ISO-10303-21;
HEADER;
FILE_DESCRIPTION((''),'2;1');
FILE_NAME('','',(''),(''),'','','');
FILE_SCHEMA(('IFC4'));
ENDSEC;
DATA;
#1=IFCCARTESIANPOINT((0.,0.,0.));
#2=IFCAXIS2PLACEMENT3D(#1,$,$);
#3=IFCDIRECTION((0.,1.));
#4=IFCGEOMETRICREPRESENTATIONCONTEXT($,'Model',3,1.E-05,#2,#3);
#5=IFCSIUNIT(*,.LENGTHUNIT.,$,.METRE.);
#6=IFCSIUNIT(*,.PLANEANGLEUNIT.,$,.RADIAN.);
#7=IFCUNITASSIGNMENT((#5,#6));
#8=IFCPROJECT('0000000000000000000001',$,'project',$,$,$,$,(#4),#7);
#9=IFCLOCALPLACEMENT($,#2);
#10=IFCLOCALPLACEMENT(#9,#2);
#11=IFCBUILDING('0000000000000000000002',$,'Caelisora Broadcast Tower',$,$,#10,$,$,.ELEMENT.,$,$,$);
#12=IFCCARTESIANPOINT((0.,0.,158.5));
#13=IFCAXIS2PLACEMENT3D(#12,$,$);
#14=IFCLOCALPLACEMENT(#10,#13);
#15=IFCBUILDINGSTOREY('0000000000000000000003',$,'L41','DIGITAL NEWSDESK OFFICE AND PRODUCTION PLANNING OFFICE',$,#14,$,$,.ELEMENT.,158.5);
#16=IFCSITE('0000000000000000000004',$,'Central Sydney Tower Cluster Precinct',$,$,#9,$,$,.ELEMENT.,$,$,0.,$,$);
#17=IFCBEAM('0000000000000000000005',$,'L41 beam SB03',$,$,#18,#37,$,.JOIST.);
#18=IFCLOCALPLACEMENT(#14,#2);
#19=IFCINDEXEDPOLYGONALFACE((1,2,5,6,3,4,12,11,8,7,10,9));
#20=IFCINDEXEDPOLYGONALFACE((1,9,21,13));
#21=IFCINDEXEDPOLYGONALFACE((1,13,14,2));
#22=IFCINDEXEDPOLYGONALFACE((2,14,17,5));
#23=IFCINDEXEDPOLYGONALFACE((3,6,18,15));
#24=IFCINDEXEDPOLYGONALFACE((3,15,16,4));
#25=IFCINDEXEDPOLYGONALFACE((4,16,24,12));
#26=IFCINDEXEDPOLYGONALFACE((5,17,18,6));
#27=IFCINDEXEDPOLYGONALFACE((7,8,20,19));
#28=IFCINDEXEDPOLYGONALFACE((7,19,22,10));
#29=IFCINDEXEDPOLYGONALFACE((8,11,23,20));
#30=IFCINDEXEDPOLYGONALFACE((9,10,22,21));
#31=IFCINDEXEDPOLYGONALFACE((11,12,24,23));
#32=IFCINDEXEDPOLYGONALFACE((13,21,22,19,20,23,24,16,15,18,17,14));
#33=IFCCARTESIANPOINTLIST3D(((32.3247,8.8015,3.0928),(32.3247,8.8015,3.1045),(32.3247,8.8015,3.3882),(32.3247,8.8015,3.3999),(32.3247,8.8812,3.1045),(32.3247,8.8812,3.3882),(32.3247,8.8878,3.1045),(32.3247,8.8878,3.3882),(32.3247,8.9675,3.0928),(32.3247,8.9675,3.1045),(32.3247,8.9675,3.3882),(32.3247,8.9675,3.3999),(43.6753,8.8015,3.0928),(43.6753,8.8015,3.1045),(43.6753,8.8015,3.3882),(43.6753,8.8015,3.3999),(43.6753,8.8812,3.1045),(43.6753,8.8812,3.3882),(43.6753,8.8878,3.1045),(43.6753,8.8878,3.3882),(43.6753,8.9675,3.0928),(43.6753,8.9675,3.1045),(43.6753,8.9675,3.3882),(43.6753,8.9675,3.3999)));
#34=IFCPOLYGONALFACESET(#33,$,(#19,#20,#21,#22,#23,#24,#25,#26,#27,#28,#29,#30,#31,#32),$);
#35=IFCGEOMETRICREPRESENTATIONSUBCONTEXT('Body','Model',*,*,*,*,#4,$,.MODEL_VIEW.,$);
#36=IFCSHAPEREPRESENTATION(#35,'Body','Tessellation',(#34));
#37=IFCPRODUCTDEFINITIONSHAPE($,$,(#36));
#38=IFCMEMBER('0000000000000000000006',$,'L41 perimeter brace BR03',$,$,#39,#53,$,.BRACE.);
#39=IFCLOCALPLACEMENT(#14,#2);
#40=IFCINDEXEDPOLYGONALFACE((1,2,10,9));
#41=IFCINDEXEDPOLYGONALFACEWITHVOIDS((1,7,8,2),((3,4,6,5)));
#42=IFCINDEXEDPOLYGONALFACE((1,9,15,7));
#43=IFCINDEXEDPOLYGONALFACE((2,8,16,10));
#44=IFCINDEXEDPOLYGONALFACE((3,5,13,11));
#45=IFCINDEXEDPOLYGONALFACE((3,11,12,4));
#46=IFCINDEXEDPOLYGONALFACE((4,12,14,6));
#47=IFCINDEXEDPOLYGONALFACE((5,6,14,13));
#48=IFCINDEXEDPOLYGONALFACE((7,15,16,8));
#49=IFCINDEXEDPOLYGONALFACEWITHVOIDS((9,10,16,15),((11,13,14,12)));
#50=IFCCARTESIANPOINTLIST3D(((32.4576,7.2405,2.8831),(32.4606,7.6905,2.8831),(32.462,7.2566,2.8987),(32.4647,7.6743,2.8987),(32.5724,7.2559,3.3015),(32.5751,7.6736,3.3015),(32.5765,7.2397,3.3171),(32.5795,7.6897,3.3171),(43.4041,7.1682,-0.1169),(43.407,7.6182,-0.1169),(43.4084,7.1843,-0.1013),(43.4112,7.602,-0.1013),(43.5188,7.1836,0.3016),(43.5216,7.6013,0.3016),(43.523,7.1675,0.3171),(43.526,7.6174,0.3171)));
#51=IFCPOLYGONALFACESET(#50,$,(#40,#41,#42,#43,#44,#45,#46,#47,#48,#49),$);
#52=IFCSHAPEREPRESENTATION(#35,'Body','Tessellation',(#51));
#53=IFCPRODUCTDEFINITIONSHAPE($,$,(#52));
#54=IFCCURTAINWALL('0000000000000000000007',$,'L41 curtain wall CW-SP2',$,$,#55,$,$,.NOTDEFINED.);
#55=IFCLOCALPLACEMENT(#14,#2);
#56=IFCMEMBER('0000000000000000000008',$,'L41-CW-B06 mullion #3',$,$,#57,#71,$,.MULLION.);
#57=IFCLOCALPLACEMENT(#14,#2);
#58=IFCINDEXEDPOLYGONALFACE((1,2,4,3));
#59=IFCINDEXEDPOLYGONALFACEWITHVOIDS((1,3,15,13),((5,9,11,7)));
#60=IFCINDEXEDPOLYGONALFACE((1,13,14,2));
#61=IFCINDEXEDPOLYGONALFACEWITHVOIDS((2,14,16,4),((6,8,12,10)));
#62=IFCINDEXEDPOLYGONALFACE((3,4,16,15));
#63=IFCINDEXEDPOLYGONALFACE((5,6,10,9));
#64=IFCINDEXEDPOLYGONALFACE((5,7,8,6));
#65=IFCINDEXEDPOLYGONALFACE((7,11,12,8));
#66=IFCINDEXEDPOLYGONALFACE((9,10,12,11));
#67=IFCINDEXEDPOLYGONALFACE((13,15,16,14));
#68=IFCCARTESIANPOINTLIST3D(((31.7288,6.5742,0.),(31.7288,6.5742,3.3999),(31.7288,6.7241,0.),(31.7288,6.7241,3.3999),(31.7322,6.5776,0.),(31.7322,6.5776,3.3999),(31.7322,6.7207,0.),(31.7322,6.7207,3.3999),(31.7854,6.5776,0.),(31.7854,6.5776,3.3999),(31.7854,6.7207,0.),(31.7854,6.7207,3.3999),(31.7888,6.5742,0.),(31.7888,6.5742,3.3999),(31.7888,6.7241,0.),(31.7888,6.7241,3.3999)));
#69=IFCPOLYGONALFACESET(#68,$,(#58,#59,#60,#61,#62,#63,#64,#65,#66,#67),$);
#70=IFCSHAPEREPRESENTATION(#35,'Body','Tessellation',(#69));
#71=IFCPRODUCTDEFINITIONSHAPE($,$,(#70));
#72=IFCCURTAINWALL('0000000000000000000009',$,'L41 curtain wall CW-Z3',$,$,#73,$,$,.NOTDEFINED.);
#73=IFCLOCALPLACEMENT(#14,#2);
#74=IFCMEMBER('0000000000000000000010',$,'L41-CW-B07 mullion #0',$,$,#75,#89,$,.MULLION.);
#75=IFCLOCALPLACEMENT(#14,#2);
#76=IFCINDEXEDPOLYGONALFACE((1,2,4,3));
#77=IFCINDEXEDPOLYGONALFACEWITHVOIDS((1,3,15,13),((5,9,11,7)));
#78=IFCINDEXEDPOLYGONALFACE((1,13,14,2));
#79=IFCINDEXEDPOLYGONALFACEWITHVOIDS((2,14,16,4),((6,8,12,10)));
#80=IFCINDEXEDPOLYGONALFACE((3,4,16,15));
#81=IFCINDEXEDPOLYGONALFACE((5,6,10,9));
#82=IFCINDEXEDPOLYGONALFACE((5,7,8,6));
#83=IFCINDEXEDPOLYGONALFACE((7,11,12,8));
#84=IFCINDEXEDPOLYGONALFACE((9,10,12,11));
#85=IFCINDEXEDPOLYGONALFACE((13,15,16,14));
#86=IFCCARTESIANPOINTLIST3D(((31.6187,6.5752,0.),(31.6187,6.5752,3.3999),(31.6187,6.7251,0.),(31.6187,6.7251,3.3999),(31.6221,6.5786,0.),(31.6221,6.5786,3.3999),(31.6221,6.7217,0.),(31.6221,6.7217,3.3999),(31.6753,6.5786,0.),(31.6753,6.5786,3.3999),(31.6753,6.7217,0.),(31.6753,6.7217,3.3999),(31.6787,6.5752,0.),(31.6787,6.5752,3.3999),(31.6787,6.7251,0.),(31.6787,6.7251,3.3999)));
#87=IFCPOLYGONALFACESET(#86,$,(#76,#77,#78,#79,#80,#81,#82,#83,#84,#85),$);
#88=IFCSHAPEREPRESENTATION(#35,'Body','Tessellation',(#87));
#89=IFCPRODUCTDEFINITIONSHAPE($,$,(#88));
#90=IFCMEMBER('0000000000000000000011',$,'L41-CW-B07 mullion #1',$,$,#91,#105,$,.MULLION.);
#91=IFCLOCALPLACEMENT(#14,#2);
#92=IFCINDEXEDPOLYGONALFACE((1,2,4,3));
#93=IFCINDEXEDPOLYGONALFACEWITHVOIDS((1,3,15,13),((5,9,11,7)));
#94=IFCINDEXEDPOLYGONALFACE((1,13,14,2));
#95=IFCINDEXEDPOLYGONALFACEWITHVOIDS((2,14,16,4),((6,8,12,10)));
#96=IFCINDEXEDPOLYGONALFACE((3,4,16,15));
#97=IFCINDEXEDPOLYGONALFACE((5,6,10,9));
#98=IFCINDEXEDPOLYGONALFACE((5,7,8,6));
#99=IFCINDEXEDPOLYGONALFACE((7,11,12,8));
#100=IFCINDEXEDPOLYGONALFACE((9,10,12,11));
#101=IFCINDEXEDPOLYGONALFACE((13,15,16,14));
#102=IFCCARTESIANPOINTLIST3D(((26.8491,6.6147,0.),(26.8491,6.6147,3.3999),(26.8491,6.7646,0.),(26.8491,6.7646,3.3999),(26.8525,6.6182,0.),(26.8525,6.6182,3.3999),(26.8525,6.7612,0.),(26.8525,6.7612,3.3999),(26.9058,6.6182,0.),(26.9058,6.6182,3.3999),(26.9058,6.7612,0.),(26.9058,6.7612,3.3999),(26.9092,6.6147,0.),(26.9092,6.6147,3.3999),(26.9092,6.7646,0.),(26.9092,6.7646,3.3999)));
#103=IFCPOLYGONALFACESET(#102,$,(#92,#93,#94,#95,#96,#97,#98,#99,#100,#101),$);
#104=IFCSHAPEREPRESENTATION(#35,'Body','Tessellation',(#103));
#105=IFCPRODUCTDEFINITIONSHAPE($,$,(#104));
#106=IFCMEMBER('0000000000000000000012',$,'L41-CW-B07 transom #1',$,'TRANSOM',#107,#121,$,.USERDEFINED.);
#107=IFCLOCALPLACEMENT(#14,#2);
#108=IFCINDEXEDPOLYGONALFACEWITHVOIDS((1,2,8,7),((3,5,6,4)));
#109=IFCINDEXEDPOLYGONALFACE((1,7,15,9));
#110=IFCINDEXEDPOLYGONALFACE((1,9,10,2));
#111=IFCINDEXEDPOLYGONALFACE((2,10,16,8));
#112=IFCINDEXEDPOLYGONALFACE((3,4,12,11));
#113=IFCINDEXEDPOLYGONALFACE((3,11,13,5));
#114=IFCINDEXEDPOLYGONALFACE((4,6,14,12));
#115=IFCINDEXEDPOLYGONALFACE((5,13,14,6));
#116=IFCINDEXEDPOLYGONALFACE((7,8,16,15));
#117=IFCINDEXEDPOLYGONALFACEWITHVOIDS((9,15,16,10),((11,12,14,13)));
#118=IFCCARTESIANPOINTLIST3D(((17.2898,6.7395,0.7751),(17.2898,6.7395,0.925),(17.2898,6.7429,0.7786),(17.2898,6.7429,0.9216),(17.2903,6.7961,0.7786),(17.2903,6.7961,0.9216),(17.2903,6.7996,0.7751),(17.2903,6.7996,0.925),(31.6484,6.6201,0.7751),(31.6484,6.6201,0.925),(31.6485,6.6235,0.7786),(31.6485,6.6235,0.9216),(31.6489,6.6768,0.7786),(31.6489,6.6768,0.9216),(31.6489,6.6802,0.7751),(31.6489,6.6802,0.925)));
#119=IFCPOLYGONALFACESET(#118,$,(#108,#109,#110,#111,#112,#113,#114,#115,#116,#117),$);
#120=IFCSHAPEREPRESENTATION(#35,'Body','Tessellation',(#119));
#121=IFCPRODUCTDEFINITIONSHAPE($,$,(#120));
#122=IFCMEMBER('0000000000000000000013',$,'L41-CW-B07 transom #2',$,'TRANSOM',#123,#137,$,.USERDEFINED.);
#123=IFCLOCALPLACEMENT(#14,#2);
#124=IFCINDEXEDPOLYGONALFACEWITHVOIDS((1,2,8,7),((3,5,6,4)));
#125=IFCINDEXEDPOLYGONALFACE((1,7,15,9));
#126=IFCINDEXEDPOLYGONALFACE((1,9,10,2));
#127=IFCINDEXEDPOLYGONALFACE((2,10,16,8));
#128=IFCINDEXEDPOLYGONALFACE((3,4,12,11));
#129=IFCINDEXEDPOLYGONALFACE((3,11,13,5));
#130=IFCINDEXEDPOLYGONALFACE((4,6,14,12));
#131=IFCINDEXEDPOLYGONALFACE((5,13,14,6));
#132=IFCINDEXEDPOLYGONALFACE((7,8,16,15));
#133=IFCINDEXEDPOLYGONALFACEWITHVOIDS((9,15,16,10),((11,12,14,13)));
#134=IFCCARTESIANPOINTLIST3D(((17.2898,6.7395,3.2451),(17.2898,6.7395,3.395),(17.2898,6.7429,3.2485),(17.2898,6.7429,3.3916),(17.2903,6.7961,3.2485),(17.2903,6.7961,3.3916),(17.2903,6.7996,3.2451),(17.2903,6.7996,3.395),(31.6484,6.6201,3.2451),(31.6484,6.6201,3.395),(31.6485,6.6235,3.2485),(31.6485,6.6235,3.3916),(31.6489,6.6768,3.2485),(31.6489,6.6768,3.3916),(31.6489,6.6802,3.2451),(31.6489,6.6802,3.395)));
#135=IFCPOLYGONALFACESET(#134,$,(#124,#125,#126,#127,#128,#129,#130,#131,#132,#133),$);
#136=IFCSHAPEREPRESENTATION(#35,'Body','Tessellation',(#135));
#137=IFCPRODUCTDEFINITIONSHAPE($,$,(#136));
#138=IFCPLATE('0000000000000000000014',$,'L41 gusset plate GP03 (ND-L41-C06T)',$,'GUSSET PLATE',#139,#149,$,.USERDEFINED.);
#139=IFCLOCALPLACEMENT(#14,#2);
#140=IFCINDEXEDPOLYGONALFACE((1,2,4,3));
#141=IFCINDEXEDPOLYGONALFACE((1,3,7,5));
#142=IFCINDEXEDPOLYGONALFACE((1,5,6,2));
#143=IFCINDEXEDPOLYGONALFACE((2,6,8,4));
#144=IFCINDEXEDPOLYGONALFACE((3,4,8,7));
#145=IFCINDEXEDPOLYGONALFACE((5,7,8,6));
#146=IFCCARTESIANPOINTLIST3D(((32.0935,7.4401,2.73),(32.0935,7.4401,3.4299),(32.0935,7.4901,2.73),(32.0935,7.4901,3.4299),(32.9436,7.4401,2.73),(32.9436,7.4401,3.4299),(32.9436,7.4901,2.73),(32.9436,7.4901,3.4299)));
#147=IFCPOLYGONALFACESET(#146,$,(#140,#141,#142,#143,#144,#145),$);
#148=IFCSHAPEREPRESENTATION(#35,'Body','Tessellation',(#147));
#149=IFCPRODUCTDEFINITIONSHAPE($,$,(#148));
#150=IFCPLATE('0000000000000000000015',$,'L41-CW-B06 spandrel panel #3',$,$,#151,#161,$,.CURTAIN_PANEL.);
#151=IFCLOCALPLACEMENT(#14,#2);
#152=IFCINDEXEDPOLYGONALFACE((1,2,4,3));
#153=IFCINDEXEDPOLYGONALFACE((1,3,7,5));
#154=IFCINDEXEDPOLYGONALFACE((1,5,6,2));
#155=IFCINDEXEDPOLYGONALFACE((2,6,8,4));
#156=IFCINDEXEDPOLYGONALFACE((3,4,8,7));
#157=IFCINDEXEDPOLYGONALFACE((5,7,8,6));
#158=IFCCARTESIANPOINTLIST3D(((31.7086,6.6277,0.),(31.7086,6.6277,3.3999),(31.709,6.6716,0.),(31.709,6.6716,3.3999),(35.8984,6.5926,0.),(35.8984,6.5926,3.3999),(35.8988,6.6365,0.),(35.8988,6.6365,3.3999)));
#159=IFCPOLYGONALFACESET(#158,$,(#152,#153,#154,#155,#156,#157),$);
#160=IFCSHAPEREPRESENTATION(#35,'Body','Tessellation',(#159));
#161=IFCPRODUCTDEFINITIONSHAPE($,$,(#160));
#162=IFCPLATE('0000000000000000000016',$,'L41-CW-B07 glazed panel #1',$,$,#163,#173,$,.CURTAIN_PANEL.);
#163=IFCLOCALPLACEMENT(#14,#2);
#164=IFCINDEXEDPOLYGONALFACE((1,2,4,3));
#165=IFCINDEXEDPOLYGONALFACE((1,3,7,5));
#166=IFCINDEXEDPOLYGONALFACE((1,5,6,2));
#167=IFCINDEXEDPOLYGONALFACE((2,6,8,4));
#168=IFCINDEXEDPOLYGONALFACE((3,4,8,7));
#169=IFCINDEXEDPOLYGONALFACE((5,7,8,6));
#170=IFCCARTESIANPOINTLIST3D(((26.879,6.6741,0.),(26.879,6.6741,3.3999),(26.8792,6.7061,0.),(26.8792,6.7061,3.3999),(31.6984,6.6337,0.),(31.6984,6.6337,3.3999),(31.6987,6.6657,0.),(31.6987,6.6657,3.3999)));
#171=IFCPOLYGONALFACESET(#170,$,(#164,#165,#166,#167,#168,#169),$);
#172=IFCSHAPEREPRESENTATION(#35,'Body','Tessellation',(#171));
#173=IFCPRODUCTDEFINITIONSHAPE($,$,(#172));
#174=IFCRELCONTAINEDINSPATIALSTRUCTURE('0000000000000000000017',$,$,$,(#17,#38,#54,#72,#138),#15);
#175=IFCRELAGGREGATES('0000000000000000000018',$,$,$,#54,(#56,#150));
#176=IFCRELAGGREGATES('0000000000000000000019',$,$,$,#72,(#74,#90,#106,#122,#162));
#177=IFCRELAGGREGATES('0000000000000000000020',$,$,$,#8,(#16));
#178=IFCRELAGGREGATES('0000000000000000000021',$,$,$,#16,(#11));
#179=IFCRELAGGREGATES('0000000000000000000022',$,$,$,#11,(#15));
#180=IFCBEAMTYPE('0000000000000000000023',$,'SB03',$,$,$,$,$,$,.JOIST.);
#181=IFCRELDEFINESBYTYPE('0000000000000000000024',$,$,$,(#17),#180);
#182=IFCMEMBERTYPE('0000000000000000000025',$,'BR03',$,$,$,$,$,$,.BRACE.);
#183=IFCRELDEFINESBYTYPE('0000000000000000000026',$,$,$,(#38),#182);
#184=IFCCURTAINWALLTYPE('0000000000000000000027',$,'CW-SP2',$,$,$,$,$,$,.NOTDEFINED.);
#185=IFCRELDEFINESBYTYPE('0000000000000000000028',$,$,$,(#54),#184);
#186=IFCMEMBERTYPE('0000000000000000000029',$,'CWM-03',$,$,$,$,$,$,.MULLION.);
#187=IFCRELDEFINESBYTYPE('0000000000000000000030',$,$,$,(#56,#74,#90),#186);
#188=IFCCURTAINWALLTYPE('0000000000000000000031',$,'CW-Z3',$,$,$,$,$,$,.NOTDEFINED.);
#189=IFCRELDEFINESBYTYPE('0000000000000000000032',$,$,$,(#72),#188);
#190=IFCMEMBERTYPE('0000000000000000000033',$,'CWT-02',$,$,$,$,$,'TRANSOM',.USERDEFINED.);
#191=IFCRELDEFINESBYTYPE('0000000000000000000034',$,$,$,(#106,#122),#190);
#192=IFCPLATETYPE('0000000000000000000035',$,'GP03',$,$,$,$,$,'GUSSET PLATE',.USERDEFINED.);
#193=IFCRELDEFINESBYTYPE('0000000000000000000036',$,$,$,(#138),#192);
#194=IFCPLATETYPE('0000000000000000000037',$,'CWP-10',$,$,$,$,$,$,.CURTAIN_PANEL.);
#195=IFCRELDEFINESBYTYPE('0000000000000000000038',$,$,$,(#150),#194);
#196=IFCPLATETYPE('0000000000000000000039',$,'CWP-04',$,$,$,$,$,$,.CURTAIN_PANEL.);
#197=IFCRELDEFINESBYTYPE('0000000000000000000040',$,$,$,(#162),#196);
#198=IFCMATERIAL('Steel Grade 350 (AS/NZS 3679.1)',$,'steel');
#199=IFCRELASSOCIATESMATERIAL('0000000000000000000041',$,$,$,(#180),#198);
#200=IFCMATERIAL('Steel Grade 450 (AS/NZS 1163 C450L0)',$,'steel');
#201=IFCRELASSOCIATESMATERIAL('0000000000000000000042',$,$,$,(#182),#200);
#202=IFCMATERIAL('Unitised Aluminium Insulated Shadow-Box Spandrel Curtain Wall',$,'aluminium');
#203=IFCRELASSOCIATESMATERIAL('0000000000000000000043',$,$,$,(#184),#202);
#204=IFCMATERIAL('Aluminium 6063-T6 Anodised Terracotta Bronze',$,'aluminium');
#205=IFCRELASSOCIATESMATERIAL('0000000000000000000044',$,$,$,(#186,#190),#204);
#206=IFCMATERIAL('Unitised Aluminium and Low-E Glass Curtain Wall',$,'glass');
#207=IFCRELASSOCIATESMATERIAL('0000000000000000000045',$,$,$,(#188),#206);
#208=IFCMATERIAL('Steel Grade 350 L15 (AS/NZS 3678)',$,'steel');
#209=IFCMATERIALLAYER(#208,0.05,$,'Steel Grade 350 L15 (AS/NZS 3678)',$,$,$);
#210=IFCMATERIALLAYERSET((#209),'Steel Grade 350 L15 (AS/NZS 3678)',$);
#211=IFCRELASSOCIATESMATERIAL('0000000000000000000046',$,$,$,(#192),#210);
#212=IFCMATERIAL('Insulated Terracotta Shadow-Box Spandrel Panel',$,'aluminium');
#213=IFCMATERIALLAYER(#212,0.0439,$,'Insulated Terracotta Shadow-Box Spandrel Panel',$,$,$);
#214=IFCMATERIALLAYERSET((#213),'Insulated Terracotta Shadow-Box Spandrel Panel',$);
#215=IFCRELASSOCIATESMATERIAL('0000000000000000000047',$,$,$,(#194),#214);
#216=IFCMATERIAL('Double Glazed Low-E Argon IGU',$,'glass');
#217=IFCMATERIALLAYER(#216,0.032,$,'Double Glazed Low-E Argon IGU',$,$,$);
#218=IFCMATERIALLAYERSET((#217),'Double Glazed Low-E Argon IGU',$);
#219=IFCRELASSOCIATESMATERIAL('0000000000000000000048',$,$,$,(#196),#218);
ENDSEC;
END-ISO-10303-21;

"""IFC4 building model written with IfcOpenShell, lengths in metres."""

from ifc_helpers import new_model, si_unit, direction, frame, origin, origin_2d, place, context, subcontext, project, spatial, rectangle, hollow_rectangle, i_section, extrude, source, transform, mapped, material, layer, layer_set, material_profile, profile_set, type_object, type_shapes, element, aggregate, save


model = new_model("IFC4")

# Units and contexts
model_context = context("Model", 3, precision=1e-05, world=origin(), true_north=direction((0.0, 1.0)))
body_context = subcontext(model_context, "Body", "Model", "MODEL_VIEW")
ifc_project = project(units=[si_unit("LENGTHUNIT", "METRE"), si_unit("PLANEANGLEUNIT", "RADIAN")], contexts=[model_context])

# Site, building, storey
site_placement = place(None, origin())
site = spatial("IfcSite", under=ifc_project, at=site_placement, Name="Central Sydney Tower Cluster Precinct", CompositionType="ELEMENT", RefElevation=0.0)
building_placement = place(site_placement, origin())
building = spatial("IfcBuilding", under=site, at=building_placement, Name="Caelisora Broadcast Tower", CompositionType="ELEMENT")
storey_placement = place(building_placement, frame((0.0, 0.0, 158.5)))
storey = spatial("IfcBuildingStorey", under=building, at=storey_placement, Name="L41", Description="DIGITAL NEWSDESK OFFICE AND PRODUCTION PLANNING OFFICE", CompositionType="ELEMENT", Elevation=158.5)

# Shared definitions
ifc_material_1 = material(Name="Steel Grade 350 L15 (AS/NZS 3678)", Category="steel")

# Beam
ifc_material_2 = material(Name="Steel Grade 350 (AS/NZS 3679.1)", Category="steel")
ifc_material_profile_1 = material_profile(ifc_material_2, i_section(OverallWidth=0.166, OverallDepth=0.3071, WebThickness=0.0066, FlangeThickness=0.0117, at=origin_2d()), Name="Steel Grade 350 (AS/NZS 3679.1)")
ifc_profile_set_1 = profile_set([ifc_material_profile_1], Name="Steel Grade 350 (AS/NZS 3679.1)")
beam_type_1 = type_object("IfcBeamType", Name="SB03", PredefinedType="JOIST", material=ifc_profile_set_1)
shared_shape_1 = source(origin(), body_context, "Body", "SweptSolid", [
    extrude(i_section(OverallWidth=0.166, OverallDepth=0.3071, WebThickness=0.0066, FlangeThickness=0.0117, at=origin_2d()), origin(), (0.0, 0.0, 1.0), 11.3506),
])
beam_1_placement = place(storey_placement, frame((32.3247, 8.8845, 3.2463), z_axis=(1.0, 0.0, 0.0), x_axis=(0.0, 1.0, 0.0)))
element("IfcBeam", 1, at=beam_1_placement, inside=storey, type_object=beam_type_1, Name="L41 beam SB03", PredefinedType="JOIST", context=body_context, shape_type="MappedRepresentation", body=[
    mapped(shared_shape_1, transform((0.0, 0.0, 0.0), scale=1.0)),
])

# Member
ifc_material_3 = material(Name="Steel Grade 450 (AS/NZS 1163 C450L0)", Category="steel")
ifc_material_profile_2 = material_profile(ifc_material_3, hollow_rectangle(XDim=0.45, YDim=0.45, WallThickness=0.0161, at=origin_2d()), Name="Steel Grade 450 (AS/NZS 1163 C450L0)")
ifc_profile_set_2 = profile_set([ifc_material_profile_2], Name="Steel Grade 450 (AS/NZS 1163 C450L0)")
member_type_1 = type_object("IfcMemberType", Name="BR03", PredefinedType="BRACE", material=ifc_profile_set_2)
shared_shape_2 = source(origin(), body_context, "Body", "SweptSolid", [
    extrude(hollow_rectangle(XDim=0.45, YDim=0.45, WallThickness=0.0161, at=origin_2d()), origin(), (0.0, 0.0, 1.0), 11.3503),
])
type_shapes(member_type_1, [shared_shape_2])
member_1_placement = place(storey_placement, frame((32.5186, 7.4651, 3.1001), z_axis=(0.964417, -0.006367, -0.264308), x_axis=(0.006602, 0.999978, 0.0)))
element("IfcMember", 2, at=member_1_placement, inside=storey, type_object=member_type_1, Name="L41 perimeter brace BR03", PredefinedType="BRACE", context=body_context, shape_type="MappedRepresentation", body=[
    mapped(shared_shape_2, transform((0.0, 0.0, 0.0), scale=1.0)),
])

# Curtain wall, member
ifc_material_4 = material(Name="Unitised Aluminium Insulated Shadow-Box Spandrel Curtain Wall", Category="aluminium")
curtain_wall_type_1 = type_object("IfcCurtainWallType", Name="CW-SP2", PredefinedType="NOTDEFINED", material=ifc_material_4)
curtain_wall_1_placement = place(storey_placement, origin())
curtain_wall_1 = element("IfcCurtainWall", 3, at=curtain_wall_1_placement, inside=storey, type_object=curtain_wall_type_1, Name="L41 curtain wall CW-SP2", PredefinedType="NOTDEFINED")
ifc_material_5 = material(Name="Aluminium 6063-T6 Anodised Terracotta Bronze", Category="aluminium")
ifc_material_profile_3 = material_profile(ifc_material_5, hollow_rectangle(XDim=0.0601, YDim=0.1499, WallThickness=0.0034, at=origin_2d()), Name="Aluminium 6063-T6 Anodised Terracotta Bronze")
ifc_profile_set_3 = profile_set([ifc_material_profile_3], Name="Aluminium 6063-T6 Anodised Terracotta Bronze")
member_type_2 = type_object("IfcMemberType", Name="CWM-03", PredefinedType="MULLION", material=ifc_profile_set_3)
shared_shape_3 = source(origin(), body_context, "Body", "SweptSolid", [
    extrude(hollow_rectangle(XDim=0.0601, YDim=0.1499, WallThickness=0.0034, at=origin_2d()), origin(), (0.0, 0.0, 1.0), 3.3999),
])
type_shapes(member_type_2, [shared_shape_3])
member_2_placement = place(storey_placement, frame((31.7588, 6.6492, 0.0), z_axis=(0.0, 0.0, 1.0), x_axis=(1.0, 0.0, 0.0)))
member_2 = element("IfcMember", 4, at=member_2_placement, type_object=member_type_2, Name="L41-CW-B06 mullion #3", PredefinedType="MULLION", context=body_context, shape_type="MappedRepresentation", body=[
    mapped(shared_shape_3, transform((0.0, 0.0, 0.0), scale=1.0)),
])

# Curtain wall, members
ifc_material_6 = material(Name="Unitised Aluminium and Low-E Glass Curtain Wall", Category="glass")
curtain_wall_type_2 = type_object("IfcCurtainWallType", Name="CW-Z3", PredefinedType="NOTDEFINED", material=ifc_material_6)
curtain_wall_2_placement = place(storey_placement, origin())
curtain_wall_2 = element("IfcCurtainWall", 5, at=curtain_wall_2_placement, inside=storey, type_object=curtain_wall_type_2, Name="L41 curtain wall CW-Z3", PredefinedType="NOTDEFINED")
member_3_placement = place(storey_placement, frame((31.6487, 6.6501, 0.0), z_axis=(0.0, 0.0, 1.0), x_axis=(1.0, 0.0, 0.0)))
member_3 = element("IfcMember", 6, at=member_3_placement, type_object=member_type_2, Name="L41-CW-B07 mullion #0", PredefinedType="MULLION", context=body_context, shape_type="MappedRepresentation", body=[
    mapped(shared_shape_3, transform((0.0, 0.0, 0.0), scale=1.0)),
])
member_4_placement = place(storey_placement, frame((26.8792, 6.6897, 0.0), z_axis=(0.0, 0.0, 1.0), x_axis=(1.0, 0.0, 0.0)))
member_4 = element("IfcMember", 7, at=member_4_placement, type_object=member_type_2, Name="L41-CW-B07 mullion #1", PredefinedType="MULLION", context=body_context, shape_type="MappedRepresentation", body=[
    mapped(shared_shape_3, transform((0.0, 0.0, 0.0), scale=1.0)),
])
ifc_material_profile_4 = material_profile(ifc_material_5, hollow_rectangle(XDim=0.0601, YDim=0.1499, WallThickness=0.0034, at=origin_2d()), Name="Aluminium 6063-T6 Anodised Terracotta Bronze")
ifc_profile_set_4 = profile_set([ifc_material_profile_4], Name="Aluminium 6063-T6 Anodised Terracotta Bronze")
member_type_3 = type_object("IfcMemberType", Name="CWT-02", ElementType="TRANSOM", PredefinedType="USERDEFINED", material=ifc_profile_set_4)
shared_shape_4 = source(origin(), body_context, "Body", "SweptSolid", [
    extrude(hollow_rectangle(XDim=0.0601, YDim=0.1499, WallThickness=0.0034, at=origin_2d()), origin(), (0.0, 0.0, 1.0), 14.3591),
])
type_shapes(member_type_3, [shared_shape_4])
member_5_placement = place(storey_placement, frame((31.6487, 6.6501, 0.8501), z_axis=(-0.999965, 0.008314, 0.0), x_axis=(-0.008314, -0.999965, 0.0)))
member_5 = element("IfcMember", 8, at=member_5_placement, type_object=member_type_3, Name="L41-CW-B07 transom #1", ObjectType="TRANSOM", PredefinedType="USERDEFINED", context=body_context, shape_type="MappedRepresentation", body=[
    mapped(shared_shape_4, transform((0.0, 0.0, 0.0), scale=1.0)),
])
member_6_placement = place(storey_placement, frame((31.6487, 6.6501, 3.3201), z_axis=(-0.999965, 0.008314, 0.0), x_axis=(-0.008314, -0.999965, 0.0)))
member_6 = element("IfcMember", 9, at=member_6_placement, type_object=member_type_3, Name="L41-CW-B07 transom #2", ObjectType="TRANSOM", PredefinedType="USERDEFINED", context=body_context, shape_type="MappedRepresentation", body=[
    mapped(shared_shape_4, transform((0.0, 0.0, 0.0), scale=1.0)),
])

# Plates
ifc_layer_1 = layer(ifc_material_1, 0.05, Name="Steel Grade 350 L15 (AS/NZS 3678)")
ifc_layer_set_1 = layer_set([ifc_layer_1], Name="Steel Grade 350 L15 (AS/NZS 3678)")
plate_type_1 = type_object("IfcPlateType", Name="GP03", ElementType="GUSSET PLATE", PredefinedType="USERDEFINED", material=ifc_layer_set_1)
shared_shape_5 = source(origin(), body_context, "Body", "SweptSolid", [
    extrude(rectangle(XDim=0.8501, YDim=0.05, at=origin_2d()), origin(), (0.0, 0.0, 1.0), 0.7),
])
type_shapes(plate_type_1, [shared_shape_5])
plate_1_placement = place(storey_placement, frame((32.5186, 7.4651, 2.73), z_axis=(0.0, 0.0, 1.0), x_axis=(1.0, 0.0, 0.0)))
element("IfcPlate", 10, at=plate_1_placement, inside=storey, type_object=plate_type_1, Name="L41 gusset plate GP03 (ND-L41-C06T)", ObjectType="GUSSET PLATE", PredefinedType="USERDEFINED", context=body_context, shape_type="MappedRepresentation", body=[
    mapped(shared_shape_5, transform((0.0, 0.0, 0.0), scale=1.0)),
])
ifc_material_7 = material(Name="Insulated Terracotta Shadow-Box Spandrel Panel", Category="aluminium")
ifc_layer_2 = layer(ifc_material_7, 0.0439, Name="Insulated Terracotta Shadow-Box Spandrel Panel")
ifc_layer_set_2 = layer_set([ifc_layer_2], Name="Insulated Terracotta Shadow-Box Spandrel Panel")
plate_type_2 = type_object("IfcPlateType", Name="CWP-10", PredefinedType="CURTAIN_PANEL", material=ifc_layer_set_2)
shared_shape_6 = source(origin(), body_context, "Body", "SweptSolid", [
    extrude(rectangle(XDim=4.1899, YDim=0.0439, at=origin_2d()), origin(), (0.0, 0.0, 1.0), 3.3999),
])
type_shapes(plate_type_2, [shared_shape_6])
plate_2_placement = place(storey_placement, frame((33.8037, 6.6321, 0.0), z_axis=(0.0, 0.0, 1.0), x_axis=(-0.999965, 0.008377, 0.0)))
plate_2 = element("IfcPlate", 11, at=plate_2_placement, type_object=plate_type_2, Name="L41-CW-B06 spandrel panel #3", PredefinedType="CURTAIN_PANEL", context=body_context, shape_type="MappedRepresentation", body=[
    mapped(shared_shape_6, transform((0.0, 0.0, 0.0), scale=1.0)),
])
aggregate(curtain_wall_1, [member_2, plate_2])
ifc_material_8 = material(Name="Double Glazed Low-E Argon IGU", Category="glass")
ifc_layer_3 = layer(ifc_material_8, 0.032, Name="Double Glazed Low-E Argon IGU")
ifc_layer_set_3 = layer_set([ifc_layer_3], Name="Double Glazed Low-E Argon IGU")
plate_type_3 = type_object("IfcPlateType", Name="CWP-04", PredefinedType="CURTAIN_PANEL", material=ifc_layer_set_3)
shared_shape_7 = source(origin(), body_context, "Body", "SweptSolid", [
    extrude(rectangle(XDim=4.8196, YDim=0.032, at=origin_2d()), origin(), (0.0, 0.0, 1.0), 3.3999),
])
type_shapes(plate_type_3, [shared_shape_7])
plate_3_placement = place(storey_placement, frame((29.2888, 6.6699, 0.0), z_axis=(0.0, 0.0, 1.0), x_axis=(-0.999965, 0.008377, 0.0)))
plate_3 = element("IfcPlate", 12, at=plate_3_placement, type_object=plate_type_3, Name="L41-CW-B07 glazed panel #1", PredefinedType="CURTAIN_PANEL", context=body_context, shape_type="MappedRepresentation", body=[
    mapped(shared_shape_7, transform((0.0, 0.0, 0.0), scale=1.0)),
])
aggregate(curtain_wall_2, [member_3, member_4, member_5, member_6, plate_3])

save(model, "model.ifc")
